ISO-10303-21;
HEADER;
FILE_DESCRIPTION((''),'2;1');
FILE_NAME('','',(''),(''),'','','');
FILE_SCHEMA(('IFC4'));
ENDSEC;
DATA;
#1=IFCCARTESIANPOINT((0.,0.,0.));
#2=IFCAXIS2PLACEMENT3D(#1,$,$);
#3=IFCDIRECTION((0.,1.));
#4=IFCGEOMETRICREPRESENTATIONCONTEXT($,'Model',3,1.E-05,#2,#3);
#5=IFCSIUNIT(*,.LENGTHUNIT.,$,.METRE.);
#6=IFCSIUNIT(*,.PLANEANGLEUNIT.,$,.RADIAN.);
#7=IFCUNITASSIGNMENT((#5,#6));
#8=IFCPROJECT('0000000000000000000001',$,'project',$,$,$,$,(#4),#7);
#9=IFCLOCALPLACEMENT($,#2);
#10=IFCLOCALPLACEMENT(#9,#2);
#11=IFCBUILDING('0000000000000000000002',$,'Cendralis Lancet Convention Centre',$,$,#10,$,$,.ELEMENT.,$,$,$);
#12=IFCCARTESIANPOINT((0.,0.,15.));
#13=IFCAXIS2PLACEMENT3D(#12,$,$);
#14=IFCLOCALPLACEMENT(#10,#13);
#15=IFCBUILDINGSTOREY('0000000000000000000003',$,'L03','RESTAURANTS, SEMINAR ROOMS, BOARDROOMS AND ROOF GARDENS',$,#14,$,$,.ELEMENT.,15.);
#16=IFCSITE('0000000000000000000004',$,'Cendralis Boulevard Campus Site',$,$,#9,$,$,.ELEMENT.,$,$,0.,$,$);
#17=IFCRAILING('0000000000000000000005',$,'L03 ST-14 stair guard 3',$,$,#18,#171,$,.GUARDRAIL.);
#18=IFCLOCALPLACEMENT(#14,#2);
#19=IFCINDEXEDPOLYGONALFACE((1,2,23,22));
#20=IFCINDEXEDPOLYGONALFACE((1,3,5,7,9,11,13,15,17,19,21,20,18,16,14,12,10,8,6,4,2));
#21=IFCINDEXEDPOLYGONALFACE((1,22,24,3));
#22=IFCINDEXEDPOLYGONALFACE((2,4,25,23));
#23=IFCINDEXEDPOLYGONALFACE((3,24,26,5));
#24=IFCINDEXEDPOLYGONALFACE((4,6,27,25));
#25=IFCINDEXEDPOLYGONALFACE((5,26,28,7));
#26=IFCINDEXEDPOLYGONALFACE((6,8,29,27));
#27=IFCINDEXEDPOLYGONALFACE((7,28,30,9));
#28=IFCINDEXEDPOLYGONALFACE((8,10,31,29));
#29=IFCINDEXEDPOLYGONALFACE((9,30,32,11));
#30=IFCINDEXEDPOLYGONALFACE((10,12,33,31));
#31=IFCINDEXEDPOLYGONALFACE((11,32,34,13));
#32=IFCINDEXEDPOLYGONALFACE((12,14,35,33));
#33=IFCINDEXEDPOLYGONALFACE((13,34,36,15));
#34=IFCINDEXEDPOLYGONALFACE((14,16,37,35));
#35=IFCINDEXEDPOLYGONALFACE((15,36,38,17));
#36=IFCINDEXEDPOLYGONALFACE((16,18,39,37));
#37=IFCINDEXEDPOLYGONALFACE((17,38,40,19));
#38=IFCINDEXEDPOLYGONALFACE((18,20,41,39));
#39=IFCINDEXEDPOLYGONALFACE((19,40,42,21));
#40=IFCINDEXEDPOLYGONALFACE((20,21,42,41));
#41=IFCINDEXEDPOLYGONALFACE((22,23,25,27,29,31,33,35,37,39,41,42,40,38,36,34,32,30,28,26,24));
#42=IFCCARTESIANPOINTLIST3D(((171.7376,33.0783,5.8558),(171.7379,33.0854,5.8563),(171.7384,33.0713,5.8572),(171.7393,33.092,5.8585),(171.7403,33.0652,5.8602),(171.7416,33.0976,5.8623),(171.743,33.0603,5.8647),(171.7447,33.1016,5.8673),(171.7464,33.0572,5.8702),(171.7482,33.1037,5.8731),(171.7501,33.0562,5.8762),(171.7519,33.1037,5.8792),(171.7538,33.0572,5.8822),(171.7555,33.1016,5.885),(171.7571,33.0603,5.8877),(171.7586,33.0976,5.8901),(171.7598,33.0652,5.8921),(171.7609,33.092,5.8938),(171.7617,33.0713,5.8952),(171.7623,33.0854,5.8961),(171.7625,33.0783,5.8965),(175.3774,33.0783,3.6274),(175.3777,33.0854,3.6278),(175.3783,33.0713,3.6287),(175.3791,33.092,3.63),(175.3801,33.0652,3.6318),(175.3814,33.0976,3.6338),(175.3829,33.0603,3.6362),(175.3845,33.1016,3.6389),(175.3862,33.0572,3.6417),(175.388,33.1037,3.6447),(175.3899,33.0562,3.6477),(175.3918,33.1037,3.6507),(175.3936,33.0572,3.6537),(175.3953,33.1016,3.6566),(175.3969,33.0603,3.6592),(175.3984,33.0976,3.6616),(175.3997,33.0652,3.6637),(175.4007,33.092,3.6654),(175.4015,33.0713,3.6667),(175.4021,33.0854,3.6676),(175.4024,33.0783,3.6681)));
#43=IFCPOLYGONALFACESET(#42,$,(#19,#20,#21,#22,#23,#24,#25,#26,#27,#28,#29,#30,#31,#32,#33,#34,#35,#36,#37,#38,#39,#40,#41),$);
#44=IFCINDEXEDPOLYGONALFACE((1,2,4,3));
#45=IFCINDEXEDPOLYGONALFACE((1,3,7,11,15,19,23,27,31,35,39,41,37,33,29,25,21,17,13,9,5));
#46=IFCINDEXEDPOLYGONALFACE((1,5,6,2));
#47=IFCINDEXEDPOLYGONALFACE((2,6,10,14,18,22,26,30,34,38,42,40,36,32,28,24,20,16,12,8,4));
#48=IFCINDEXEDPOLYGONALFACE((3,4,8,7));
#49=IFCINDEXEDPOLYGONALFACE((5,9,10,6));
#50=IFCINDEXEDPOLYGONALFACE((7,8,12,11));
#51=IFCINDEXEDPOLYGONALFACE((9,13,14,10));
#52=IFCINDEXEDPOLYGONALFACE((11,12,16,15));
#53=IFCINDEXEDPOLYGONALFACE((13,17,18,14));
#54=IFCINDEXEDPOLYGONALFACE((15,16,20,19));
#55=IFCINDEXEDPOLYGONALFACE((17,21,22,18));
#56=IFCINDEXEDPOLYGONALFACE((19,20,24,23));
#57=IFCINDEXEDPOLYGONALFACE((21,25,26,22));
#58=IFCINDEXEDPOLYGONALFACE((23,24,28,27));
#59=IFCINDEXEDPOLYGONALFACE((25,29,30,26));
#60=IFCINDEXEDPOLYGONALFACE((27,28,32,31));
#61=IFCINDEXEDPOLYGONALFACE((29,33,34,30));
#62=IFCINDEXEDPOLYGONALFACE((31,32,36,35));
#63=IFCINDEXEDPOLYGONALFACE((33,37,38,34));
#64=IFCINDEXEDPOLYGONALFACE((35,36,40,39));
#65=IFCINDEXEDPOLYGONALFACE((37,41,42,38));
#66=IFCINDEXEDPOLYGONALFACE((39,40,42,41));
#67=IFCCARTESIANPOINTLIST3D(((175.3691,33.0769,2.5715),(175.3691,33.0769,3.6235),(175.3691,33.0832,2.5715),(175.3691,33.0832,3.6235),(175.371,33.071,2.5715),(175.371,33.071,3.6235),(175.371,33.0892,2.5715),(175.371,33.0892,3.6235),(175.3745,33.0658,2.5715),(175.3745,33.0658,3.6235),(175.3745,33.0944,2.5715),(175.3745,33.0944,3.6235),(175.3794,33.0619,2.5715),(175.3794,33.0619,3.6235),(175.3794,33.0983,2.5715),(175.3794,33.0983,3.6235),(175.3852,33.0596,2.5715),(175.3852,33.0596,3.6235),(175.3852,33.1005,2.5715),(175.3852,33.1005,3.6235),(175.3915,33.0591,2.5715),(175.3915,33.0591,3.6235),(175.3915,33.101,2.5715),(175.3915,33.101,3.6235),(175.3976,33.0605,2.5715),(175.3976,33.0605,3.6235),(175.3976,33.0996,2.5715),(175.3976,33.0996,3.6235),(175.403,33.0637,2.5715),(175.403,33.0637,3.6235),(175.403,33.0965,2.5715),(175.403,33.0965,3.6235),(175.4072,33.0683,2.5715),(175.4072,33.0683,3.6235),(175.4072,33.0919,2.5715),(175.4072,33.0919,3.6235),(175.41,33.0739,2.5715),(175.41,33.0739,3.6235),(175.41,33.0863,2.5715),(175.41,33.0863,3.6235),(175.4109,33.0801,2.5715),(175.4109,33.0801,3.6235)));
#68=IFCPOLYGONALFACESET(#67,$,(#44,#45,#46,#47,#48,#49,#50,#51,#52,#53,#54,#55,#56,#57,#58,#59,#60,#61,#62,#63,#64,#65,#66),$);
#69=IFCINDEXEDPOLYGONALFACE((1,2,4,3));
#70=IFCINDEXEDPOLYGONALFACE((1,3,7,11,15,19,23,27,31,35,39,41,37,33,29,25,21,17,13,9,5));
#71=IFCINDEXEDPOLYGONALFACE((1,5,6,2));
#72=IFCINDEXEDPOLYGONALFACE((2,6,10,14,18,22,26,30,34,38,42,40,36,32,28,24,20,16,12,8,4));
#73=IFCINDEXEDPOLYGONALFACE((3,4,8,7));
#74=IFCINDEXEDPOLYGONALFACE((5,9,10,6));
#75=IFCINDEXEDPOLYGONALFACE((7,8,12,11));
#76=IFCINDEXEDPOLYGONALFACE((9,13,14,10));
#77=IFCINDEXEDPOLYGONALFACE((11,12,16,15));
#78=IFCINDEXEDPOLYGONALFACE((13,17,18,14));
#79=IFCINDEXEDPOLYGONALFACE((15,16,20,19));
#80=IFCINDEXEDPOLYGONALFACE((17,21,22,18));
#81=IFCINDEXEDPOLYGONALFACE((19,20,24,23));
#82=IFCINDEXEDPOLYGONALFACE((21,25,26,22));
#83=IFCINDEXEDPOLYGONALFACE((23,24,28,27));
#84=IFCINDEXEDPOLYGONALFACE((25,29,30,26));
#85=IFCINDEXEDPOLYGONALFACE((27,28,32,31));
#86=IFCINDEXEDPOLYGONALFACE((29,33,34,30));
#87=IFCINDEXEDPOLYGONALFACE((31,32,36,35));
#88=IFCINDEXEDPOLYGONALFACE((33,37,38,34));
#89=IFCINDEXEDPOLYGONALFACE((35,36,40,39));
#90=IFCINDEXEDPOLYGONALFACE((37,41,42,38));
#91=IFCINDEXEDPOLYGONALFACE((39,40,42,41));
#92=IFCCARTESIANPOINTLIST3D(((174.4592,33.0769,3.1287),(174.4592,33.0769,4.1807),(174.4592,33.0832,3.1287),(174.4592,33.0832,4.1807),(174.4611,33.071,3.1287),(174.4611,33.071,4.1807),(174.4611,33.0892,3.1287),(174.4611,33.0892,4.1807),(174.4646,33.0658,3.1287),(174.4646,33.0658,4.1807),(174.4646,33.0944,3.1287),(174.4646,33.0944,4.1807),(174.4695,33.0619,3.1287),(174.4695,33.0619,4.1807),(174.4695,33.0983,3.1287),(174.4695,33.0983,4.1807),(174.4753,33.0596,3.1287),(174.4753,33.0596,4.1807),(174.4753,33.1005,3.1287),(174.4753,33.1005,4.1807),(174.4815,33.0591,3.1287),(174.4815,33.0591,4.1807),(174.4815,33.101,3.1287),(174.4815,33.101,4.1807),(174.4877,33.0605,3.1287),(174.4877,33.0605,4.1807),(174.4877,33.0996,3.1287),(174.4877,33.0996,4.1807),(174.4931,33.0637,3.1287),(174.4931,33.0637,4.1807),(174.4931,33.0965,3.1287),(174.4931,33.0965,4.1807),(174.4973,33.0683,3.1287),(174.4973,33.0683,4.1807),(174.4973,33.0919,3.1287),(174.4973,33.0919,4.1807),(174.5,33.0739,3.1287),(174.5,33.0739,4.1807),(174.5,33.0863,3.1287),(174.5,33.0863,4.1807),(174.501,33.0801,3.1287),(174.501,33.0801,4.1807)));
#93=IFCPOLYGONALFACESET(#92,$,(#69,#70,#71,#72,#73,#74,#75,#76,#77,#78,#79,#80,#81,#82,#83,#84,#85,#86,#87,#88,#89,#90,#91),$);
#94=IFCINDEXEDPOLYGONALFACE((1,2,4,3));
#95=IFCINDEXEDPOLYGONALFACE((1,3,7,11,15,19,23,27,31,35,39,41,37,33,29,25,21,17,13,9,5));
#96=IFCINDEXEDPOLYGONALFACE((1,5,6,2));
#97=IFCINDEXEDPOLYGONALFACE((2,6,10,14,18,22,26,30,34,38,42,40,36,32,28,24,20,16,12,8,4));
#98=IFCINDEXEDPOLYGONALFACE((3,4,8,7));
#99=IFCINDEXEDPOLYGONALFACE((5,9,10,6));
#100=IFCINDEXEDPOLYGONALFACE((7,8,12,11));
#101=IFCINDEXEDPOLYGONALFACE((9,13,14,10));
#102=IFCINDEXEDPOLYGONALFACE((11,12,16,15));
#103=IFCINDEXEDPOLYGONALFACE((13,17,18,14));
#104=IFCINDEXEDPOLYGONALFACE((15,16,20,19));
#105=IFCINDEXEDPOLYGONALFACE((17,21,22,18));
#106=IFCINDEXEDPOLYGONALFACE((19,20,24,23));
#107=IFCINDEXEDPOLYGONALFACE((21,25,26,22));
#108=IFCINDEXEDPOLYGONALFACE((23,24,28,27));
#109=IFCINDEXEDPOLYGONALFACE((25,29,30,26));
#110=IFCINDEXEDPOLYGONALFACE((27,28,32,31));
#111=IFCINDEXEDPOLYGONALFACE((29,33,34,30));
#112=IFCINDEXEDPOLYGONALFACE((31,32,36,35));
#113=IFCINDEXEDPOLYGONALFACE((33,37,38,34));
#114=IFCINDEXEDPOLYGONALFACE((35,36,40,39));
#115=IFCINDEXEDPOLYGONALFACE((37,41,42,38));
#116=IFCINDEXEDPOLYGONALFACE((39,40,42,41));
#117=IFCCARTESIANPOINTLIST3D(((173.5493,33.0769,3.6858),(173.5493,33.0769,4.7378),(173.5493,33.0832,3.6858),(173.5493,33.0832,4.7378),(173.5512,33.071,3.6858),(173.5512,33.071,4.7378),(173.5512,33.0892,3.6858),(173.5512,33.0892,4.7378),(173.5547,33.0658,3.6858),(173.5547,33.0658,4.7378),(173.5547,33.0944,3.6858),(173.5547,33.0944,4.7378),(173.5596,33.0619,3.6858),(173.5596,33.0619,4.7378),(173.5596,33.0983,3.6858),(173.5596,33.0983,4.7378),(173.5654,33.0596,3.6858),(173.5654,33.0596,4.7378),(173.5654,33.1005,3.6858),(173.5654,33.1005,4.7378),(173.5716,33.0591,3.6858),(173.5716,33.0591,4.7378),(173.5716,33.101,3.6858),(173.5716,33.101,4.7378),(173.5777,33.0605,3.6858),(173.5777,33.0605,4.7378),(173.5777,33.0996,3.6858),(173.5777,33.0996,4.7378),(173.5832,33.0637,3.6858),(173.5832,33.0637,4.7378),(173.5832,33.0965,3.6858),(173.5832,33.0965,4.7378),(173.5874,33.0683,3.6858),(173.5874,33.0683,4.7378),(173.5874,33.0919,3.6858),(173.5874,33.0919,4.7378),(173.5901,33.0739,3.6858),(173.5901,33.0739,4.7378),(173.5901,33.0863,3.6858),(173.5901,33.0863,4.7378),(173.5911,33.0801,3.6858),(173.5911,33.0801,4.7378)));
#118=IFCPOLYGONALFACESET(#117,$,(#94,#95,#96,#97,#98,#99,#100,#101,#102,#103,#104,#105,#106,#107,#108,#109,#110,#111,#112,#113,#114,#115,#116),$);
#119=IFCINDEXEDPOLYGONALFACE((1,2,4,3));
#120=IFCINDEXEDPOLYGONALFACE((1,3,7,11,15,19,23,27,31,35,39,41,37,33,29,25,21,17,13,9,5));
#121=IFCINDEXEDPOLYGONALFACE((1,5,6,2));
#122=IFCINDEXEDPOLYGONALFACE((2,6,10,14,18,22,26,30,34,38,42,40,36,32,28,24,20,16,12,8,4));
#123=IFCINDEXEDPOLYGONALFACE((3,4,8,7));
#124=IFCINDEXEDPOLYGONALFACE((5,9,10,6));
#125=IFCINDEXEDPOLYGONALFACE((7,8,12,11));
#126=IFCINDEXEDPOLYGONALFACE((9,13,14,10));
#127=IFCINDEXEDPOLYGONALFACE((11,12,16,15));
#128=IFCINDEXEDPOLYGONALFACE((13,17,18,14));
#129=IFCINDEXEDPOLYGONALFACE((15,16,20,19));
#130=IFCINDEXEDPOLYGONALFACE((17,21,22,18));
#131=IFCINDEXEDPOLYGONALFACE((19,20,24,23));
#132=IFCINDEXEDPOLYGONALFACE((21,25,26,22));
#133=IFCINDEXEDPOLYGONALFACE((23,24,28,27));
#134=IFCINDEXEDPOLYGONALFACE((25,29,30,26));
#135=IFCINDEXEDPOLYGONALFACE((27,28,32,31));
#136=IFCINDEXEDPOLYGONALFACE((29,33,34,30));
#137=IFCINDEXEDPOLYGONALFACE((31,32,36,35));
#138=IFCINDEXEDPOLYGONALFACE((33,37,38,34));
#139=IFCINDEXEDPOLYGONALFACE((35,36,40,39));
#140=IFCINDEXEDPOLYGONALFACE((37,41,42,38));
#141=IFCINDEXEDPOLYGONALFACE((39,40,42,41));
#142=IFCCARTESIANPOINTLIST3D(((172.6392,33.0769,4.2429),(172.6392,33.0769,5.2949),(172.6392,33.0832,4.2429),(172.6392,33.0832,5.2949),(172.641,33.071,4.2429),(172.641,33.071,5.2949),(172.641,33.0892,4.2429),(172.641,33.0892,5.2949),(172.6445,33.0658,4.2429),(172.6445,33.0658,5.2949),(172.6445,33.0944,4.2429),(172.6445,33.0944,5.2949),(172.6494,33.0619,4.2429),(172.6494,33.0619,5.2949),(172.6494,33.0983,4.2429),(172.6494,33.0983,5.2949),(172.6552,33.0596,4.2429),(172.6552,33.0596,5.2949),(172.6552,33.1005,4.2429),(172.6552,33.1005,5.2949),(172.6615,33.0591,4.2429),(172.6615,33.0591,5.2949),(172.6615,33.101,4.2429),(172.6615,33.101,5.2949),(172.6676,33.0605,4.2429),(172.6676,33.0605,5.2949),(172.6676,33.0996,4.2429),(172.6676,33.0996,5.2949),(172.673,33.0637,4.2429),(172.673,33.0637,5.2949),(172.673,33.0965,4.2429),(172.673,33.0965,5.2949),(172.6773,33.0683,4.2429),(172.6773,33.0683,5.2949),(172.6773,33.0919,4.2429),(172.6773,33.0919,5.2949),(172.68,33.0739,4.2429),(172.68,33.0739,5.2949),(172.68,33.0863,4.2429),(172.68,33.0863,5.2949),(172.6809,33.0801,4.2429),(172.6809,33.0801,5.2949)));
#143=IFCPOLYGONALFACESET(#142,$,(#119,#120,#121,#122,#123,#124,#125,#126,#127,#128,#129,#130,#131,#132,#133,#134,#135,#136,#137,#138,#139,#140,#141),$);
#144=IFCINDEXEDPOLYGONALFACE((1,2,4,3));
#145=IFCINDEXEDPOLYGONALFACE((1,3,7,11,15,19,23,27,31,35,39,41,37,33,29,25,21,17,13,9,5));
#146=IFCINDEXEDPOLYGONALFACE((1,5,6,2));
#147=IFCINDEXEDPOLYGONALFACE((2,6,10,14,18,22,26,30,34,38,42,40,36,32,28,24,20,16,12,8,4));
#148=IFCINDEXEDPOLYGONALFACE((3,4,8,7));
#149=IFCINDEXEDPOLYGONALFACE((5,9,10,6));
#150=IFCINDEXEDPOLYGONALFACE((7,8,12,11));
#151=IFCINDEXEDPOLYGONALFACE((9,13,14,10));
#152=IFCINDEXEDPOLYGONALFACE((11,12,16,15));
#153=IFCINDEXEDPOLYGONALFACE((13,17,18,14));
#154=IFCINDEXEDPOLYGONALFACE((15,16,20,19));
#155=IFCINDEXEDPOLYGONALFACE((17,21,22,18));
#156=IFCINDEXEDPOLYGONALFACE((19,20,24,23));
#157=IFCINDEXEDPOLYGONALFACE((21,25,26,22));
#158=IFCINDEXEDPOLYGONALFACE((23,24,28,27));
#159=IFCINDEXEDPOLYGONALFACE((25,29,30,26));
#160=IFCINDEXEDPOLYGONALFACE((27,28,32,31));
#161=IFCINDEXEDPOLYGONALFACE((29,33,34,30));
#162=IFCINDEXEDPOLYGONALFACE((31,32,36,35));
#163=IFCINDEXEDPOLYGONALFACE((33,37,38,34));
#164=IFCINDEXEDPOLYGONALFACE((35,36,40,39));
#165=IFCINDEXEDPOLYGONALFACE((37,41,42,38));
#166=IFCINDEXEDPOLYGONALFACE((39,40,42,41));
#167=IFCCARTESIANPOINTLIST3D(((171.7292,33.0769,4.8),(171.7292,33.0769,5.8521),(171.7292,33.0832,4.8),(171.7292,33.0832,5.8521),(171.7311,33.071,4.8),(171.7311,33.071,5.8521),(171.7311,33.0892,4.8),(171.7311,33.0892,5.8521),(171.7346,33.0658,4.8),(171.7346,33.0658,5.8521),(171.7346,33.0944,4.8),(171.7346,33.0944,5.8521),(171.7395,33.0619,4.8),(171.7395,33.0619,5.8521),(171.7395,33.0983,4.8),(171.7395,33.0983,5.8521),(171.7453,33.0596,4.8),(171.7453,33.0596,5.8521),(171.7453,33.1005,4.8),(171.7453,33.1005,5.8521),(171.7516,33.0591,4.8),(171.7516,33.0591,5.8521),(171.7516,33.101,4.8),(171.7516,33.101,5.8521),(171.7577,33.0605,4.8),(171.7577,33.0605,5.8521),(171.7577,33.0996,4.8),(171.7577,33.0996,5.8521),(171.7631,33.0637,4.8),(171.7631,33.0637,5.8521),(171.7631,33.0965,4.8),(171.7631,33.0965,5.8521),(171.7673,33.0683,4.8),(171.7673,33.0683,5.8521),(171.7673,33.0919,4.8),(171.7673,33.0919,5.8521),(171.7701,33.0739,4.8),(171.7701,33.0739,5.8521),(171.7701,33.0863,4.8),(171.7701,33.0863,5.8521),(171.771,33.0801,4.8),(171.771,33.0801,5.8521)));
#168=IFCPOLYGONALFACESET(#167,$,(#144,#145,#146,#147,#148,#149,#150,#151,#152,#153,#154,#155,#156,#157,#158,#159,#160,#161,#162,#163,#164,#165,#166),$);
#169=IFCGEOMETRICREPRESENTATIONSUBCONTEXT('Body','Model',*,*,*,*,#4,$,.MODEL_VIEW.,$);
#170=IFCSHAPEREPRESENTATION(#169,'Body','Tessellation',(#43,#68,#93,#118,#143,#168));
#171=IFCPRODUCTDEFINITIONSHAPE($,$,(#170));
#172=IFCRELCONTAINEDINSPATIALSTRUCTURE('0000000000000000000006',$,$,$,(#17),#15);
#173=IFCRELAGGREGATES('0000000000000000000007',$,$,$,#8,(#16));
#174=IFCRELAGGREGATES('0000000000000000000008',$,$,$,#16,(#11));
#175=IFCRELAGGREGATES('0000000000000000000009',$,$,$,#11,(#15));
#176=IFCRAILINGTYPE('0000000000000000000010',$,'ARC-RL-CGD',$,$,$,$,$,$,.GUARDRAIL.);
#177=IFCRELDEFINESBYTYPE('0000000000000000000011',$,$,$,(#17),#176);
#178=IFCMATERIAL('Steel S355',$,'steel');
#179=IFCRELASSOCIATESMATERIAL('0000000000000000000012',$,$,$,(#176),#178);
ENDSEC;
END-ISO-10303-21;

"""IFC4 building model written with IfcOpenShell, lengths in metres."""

from ifc_helpers import new_model, si_unit, direction, frame, origin, origin_2d, place, context, subcontext, project, spatial, circle, extrude, material, type_object, element, save


model = new_model("IFC4")

# Units and contexts
model_context = context("Model", 3, precision=1e-05, world=origin(), true_north=direction((0.0, 1.0)))
body_context = subcontext(model_context, "Body", "Model", "MODEL_VIEW")
ifc_project = project(units=[si_unit("LENGTHUNIT", "METRE"), si_unit("PLANEANGLEUNIT", "RADIAN")], contexts=[model_context])

# Site, building, storey
site_placement = place(None, origin())
site = spatial("IfcSite", under=ifc_project, at=site_placement, Name="Cendralis Boulevard Campus Site", CompositionType="ELEMENT", RefElevation=0.0)
building_placement = place(site_placement, origin())
building = spatial("IfcBuilding", under=site, at=building_placement, Name="Cendralis Lancet Convention Centre", CompositionType="ELEMENT")
storey_placement = place(building_placement, frame((0.0, 0.0, 15.0)))
storey = spatial("IfcBuildingStorey", under=building, at=storey_placement, Name="L03", Description="RESTAURANTS, SEMINAR ROOMS, BOARDROOMS AND ROOF GARDENS", CompositionType="ELEMENT", Elevation=15.0)

# Shared definitions
ifc_material_1 = material(Name="Steel S355", Category="steel")

# Railing
railing_type_1 = type_object("IfcRailingType", Name="ARC-RL-CGD", PredefinedType="GUARDRAIL", material=ifc_material_1)
railing_1_placement = place(storey_placement, frame((175.3899, 33.0801, 2.5715)))
element("IfcRailing", 1, at=railing_1_placement, inside=storey, type_object=railing_type_1, Name="L03 ST-14 stair guard 3", PredefinedType="GUARDRAIL", context=body_context, shape_type="SweptSolid", body=[
    extrude(circle(Radius=0.0239, at=origin_2d()), frame((0.0, 0.0, 1.0762), z_axis=(-0.85285, 0.0, 0.522156), x_axis=(0.0, -1.0, 0.0)), (0.0, 0.0, 1.0), 4.2678),
    extrude(circle(Radius=0.021, at=origin_2d()), origin(), (0.0, 0.0, 1.0), 1.052),
    extrude(circle(Radius=0.021, at=origin_2d()), frame((-0.9099, 0.0, 0.5571)), (0.0, 0.0, 1.0), 1.052),
    extrude(circle(Radius=0.021, at=origin_2d()), frame((-1.8198, 0.0, 1.1143)), (0.0, 0.0, 1.0), 1.052),
    extrude(circle(Radius=0.021, at=origin_2d()), frame((-2.73, 0.0, 1.6714)), (0.0, 0.0, 1.0), 1.052),
    extrude(circle(Radius=0.021, at=origin_2d()), frame((-3.6399, 0.0, 2.2285)), (0.0, 0.0, 1.0), 1.052),
])

save(model, "model.ifc")
